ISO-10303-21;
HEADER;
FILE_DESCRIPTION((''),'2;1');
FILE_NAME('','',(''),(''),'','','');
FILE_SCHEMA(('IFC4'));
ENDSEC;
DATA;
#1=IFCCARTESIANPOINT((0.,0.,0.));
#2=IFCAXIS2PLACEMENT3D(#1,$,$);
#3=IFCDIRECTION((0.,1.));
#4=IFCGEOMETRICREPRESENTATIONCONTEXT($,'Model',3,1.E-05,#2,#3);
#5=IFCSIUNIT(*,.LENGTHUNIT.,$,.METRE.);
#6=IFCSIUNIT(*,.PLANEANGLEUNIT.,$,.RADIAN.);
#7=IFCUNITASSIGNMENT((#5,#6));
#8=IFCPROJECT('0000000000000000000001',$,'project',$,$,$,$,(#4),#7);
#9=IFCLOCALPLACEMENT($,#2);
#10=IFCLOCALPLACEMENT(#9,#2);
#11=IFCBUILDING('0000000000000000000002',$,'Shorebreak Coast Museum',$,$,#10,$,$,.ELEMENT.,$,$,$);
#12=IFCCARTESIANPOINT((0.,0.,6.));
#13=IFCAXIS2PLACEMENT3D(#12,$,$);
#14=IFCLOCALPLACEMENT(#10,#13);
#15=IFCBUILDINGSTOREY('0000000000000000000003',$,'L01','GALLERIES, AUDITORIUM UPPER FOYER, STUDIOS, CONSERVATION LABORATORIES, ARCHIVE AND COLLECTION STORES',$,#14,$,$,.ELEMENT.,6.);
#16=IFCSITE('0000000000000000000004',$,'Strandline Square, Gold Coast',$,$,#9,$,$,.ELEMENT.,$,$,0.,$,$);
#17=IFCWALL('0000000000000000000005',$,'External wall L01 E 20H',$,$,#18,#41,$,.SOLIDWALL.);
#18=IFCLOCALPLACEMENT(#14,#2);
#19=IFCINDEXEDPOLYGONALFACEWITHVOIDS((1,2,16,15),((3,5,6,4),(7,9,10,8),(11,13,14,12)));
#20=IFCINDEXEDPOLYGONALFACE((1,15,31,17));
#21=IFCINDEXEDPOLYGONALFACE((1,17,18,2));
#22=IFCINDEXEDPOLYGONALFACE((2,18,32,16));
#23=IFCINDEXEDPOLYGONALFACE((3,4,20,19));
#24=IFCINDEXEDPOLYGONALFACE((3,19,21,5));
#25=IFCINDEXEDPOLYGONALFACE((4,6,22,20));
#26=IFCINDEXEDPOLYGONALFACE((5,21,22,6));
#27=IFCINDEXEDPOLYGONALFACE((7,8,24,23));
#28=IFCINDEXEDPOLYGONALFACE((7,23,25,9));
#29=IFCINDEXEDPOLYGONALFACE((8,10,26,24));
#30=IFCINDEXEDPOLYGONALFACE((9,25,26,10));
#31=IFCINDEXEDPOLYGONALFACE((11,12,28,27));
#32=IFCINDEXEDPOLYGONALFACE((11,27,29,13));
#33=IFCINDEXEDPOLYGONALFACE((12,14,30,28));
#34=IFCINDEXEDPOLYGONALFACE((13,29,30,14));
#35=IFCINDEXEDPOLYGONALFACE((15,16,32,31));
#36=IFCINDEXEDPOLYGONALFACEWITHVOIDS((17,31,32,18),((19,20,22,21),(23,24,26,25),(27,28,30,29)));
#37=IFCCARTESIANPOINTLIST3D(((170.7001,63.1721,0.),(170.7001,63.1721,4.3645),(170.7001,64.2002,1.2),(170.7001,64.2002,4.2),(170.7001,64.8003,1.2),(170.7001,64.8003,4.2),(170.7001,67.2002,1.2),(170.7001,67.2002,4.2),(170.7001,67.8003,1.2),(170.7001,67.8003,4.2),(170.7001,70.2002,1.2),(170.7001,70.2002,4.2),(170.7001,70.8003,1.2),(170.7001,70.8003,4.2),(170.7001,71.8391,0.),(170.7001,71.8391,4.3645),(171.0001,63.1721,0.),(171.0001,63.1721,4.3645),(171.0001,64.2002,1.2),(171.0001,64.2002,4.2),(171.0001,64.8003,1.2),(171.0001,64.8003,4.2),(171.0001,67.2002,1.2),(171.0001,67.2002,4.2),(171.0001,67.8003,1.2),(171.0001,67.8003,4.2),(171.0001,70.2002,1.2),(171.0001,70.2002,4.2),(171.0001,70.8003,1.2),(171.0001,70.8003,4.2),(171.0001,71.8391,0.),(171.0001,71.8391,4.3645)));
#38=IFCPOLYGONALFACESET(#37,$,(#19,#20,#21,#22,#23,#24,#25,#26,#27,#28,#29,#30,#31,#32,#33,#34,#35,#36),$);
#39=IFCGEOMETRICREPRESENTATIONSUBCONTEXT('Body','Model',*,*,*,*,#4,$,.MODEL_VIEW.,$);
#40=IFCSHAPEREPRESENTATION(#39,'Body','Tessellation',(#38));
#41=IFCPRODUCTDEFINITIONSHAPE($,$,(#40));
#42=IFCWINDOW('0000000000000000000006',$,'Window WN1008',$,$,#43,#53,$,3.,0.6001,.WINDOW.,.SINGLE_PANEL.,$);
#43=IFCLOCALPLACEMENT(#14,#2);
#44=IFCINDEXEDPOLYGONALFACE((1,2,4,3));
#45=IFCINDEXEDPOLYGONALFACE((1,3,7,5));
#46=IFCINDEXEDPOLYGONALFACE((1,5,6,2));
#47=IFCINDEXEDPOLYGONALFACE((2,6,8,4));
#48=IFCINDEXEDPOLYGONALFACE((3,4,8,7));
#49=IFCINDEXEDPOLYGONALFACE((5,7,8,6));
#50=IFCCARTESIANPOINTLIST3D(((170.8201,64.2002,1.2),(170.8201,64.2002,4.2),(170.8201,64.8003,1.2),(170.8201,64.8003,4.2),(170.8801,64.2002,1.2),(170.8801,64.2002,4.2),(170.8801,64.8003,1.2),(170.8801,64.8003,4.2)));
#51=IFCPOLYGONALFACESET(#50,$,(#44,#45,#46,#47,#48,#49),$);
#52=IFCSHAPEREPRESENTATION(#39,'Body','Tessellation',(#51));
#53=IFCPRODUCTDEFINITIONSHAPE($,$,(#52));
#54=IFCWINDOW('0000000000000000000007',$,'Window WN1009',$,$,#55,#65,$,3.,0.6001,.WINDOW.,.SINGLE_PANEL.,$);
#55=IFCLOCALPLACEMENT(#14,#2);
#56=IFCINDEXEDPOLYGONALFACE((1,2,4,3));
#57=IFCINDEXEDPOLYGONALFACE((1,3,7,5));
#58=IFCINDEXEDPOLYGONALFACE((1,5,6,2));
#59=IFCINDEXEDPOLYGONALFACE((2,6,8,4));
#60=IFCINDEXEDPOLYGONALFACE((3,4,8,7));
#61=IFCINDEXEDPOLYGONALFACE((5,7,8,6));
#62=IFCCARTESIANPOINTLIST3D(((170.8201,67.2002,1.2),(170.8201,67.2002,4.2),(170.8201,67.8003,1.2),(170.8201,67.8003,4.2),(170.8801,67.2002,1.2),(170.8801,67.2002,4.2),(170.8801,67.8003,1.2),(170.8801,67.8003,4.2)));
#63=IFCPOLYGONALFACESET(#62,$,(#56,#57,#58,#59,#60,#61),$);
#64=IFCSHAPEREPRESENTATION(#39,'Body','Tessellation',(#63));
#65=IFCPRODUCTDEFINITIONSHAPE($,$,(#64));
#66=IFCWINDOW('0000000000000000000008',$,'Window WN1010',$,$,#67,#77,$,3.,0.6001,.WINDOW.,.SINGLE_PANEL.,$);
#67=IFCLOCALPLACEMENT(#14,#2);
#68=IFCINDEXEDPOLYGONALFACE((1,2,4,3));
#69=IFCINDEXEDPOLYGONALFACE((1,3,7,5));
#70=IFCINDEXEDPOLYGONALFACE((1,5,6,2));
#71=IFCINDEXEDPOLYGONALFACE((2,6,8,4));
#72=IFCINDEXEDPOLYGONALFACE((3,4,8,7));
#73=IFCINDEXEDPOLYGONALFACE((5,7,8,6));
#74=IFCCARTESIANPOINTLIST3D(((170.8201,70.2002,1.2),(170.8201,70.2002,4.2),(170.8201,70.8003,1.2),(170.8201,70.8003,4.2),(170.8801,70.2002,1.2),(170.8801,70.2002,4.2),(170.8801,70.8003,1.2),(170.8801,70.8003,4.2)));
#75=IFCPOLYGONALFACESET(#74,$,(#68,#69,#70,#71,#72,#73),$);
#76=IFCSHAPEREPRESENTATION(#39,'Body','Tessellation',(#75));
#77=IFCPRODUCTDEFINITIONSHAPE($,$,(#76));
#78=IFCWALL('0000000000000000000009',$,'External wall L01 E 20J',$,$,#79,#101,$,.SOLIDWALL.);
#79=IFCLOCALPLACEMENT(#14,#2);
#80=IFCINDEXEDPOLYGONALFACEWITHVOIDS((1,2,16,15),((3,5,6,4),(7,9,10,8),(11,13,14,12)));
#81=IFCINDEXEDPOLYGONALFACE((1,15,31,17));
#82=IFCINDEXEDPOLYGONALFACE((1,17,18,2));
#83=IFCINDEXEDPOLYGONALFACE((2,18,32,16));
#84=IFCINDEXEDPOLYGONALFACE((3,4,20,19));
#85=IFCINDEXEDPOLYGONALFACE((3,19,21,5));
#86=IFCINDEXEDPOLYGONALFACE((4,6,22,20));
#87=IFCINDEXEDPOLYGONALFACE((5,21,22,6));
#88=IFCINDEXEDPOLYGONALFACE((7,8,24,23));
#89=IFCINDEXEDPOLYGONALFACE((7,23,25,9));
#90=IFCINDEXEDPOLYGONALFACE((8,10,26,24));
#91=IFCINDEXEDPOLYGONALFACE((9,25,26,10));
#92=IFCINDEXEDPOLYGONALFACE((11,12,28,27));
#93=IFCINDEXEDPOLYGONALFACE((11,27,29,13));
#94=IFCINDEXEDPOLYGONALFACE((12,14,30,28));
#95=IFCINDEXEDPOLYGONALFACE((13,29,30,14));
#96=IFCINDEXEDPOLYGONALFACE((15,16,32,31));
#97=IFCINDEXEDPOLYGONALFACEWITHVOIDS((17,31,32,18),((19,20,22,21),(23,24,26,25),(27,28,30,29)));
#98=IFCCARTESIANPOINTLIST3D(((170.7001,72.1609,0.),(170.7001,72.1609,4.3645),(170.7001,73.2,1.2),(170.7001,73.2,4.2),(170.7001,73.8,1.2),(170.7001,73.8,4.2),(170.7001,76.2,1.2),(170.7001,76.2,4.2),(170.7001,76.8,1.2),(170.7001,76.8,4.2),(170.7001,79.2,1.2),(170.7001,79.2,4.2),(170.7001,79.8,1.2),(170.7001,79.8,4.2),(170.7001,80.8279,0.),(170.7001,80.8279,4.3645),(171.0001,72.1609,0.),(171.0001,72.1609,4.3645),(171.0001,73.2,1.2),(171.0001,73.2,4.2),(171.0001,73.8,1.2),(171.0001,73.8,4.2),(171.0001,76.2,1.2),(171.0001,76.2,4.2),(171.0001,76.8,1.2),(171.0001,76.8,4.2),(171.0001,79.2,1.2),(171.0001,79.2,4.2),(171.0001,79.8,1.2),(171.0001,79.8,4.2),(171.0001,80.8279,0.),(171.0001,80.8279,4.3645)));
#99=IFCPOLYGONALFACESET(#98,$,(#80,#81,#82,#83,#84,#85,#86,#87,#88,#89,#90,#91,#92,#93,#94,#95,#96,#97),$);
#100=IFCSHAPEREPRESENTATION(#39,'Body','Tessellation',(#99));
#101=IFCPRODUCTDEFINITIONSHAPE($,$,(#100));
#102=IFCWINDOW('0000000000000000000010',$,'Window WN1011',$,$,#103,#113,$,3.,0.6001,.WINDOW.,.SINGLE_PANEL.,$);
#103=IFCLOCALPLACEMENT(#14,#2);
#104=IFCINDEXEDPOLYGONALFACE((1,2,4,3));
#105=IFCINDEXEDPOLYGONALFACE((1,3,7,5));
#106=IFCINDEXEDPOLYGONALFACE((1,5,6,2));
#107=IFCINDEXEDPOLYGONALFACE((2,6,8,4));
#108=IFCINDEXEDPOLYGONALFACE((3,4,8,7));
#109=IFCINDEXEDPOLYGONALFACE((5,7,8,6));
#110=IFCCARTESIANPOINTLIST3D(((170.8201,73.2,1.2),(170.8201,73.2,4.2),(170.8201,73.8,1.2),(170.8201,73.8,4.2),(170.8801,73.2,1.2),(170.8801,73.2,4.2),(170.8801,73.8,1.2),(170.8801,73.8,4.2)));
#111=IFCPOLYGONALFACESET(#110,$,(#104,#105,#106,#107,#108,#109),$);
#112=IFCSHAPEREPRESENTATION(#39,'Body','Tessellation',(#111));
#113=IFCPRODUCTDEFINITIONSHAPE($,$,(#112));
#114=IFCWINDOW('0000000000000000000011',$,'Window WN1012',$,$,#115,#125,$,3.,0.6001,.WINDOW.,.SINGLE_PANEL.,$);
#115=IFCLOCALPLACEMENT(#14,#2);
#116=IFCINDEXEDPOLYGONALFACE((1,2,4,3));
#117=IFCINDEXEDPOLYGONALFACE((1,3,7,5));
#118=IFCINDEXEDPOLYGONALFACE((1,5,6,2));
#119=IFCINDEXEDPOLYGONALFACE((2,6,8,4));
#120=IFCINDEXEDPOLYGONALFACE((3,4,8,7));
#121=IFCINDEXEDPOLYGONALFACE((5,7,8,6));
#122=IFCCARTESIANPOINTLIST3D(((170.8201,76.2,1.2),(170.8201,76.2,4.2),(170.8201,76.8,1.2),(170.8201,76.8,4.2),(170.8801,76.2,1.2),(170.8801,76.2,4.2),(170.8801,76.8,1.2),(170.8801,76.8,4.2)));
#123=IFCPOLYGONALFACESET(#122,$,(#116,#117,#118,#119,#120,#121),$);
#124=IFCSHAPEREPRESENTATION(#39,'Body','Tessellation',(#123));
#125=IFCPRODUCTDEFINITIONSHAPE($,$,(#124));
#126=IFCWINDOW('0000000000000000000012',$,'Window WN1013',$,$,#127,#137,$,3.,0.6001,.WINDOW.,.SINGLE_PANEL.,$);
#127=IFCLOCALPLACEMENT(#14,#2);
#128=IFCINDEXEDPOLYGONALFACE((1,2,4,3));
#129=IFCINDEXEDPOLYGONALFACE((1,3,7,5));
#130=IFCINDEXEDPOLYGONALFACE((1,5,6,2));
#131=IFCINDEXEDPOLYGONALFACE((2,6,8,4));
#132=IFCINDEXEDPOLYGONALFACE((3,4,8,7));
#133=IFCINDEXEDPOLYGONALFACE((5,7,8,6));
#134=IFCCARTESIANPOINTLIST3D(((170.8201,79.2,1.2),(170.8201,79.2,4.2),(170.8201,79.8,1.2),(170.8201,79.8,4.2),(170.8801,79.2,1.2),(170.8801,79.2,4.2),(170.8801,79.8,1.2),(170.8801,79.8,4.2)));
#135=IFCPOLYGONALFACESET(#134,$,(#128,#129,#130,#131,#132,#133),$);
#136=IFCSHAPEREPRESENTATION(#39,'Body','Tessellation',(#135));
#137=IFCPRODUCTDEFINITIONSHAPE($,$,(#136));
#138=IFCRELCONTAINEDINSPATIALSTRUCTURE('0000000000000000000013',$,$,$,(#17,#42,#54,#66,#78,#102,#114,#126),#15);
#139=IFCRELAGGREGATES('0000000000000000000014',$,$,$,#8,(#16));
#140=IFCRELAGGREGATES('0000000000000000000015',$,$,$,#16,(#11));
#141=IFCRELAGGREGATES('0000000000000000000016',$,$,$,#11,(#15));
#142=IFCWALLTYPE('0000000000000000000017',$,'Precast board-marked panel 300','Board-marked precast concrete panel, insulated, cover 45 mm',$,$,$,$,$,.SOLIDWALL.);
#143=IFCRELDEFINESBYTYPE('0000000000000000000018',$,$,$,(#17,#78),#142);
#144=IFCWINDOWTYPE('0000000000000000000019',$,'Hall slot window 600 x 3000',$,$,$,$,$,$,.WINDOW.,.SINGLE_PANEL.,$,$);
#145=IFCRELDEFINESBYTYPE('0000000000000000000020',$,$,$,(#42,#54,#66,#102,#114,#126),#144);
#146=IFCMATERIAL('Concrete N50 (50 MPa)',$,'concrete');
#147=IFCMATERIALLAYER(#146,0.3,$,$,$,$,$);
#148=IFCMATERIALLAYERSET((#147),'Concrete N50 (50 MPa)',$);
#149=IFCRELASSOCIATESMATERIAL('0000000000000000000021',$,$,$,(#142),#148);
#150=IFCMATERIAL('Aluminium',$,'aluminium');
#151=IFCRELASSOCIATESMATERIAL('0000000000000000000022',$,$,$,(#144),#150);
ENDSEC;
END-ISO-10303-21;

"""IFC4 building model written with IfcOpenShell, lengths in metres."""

from ifc_helpers import new_model, si_unit, direction, frame, frame_2d, origin, place, context, subcontext, project, spatial, rectangle, extrude, material, layer, layer_set, type_object, element, fill, save


model = new_model("IFC4")

# Units and contexts
model_context = context("Model", 3, precision=1e-05, world=origin(), true_north=direction((0.0, 1.0)))
body_context = subcontext(model_context, "Body", "Model", "MODEL_VIEW")
ifc_project = project(units=[si_unit("LENGTHUNIT", "METRE"), si_unit("PLANEANGLEUNIT", "RADIAN")], contexts=[model_context])

# Site, building, storey
site_placement = place(None, origin())
site = spatial("IfcSite", under=ifc_project, at=site_placement, Name="Strandline Square, Gold Coast", CompositionType="ELEMENT", RefElevation=0.0)
building_placement = place(site_placement, origin())
building = spatial("IfcBuilding", under=site, at=building_placement, Name="Shorebreak Coast Museum", CompositionType="ELEMENT")
storey_placement = place(building_placement, frame((0.0, 0.0, 6.0)))
storey = spatial("IfcBuildingStorey", under=building, at=storey_placement, Name="L01", Description="GALLERIES, AUDITORIUM UPPER FOYER, STUDIOS, CONSERVATION LABORATORIES, ARCHIVE AND COLLECTION STORES", CompositionType="ELEMENT", Elevation=6.0)

# Walls, openings, windows
ifc_material_1 = material(Name="Concrete N50 (50 MPa)", Category="concrete")
ifc_layer_1 = layer(ifc_material_1, 0.3)
ifc_layer_set_1 = layer_set([ifc_layer_1], Name="Concrete N50 (50 MPa)")
wall_type_1 = type_object("IfcWallType", Name="Precast board-marked panel 300", Description="Board-marked precast concrete panel, insulated, cover 45 mm", PredefinedType="SOLIDWALL", material=ifc_layer_set_1)
wall_1_placement = place(storey_placement, frame((170.8501, 63.1721, 0.0), z_axis=(0.0, 0.0, 1.0), x_axis=(0.0, 1.0, 0.0)))
wall_1 = element("IfcWall", 1, at=wall_1_placement, inside=storey, type_object=wall_type_1, Name="External wall L01 E 20H", PredefinedType="SOLIDWALL", context=body_context, shape_type="SweptSolid", body=[
    extrude(rectangle(XDim=8.667, YDim=0.3, at=frame_2d((4.3335, 0.0))), origin(), (0.0, 0.0, 1.0), 4.3645),
])
opening_1_placement = place(wall_1_placement, frame((1.0281, 0.0, 1.2)))
opening_1 = element("IfcOpeningElement", 2, at=opening_1_placement, cuts=wall_1, PredefinedType="OPENING", context=body_context, shape_type="SweptSolid", body=[
    extrude(rectangle(XDim=0.6001, YDim=3.0, at=frame_2d((0.3, 1.5))), frame((0.0, 0.1599, 0.0), z_axis=(0.0, -1.0, 0.0), x_axis=(1.0, 0.0, 0.0)), (0.0, 0.0, 1.0), 0.3201),
])
opening_2_placement = place(wall_1_placement, frame((4.0281, 0.0, 1.2)))
opening_2 = element("IfcOpeningElement", 3, at=opening_2_placement, cuts=wall_1, PredefinedType="OPENING", context=body_context, shape_type="SweptSolid", body=[
    extrude(rectangle(XDim=0.6001, YDim=3.0, at=frame_2d((0.3, 1.5))), frame((0.0, 0.1599, 0.0), z_axis=(0.0, -1.0, 0.0), x_axis=(1.0, 0.0, 0.0)), (0.0, 0.0, 1.0), 0.3201),
])
opening_3_placement = place(wall_1_placement, frame((7.0281, 0.0, 1.2)))
opening_3 = element("IfcOpeningElement", 4, at=opening_3_placement, cuts=wall_1, PredefinedType="OPENING", context=body_context, shape_type="SweptSolid", body=[
    extrude(rectangle(XDim=0.6001, YDim=3.0, at=frame_2d((0.3, 1.5))), frame((0.0, 0.1599, 0.0), z_axis=(0.0, -1.0, 0.0), x_axis=(1.0, 0.0, 0.0)), (0.0, 0.0, 1.0), 0.3201),
])
ifc_material_2 = material(Name="Aluminium", Category="aluminium")
window_type = type_object("IfcWindowType", Name="Hall slot window 600 x 3000", PartitioningType="SINGLE_PANEL", PredefinedType="WINDOW", material=ifc_material_2)
window_1_placement = place(opening_1_placement, origin())
window_1 = element("IfcWindow", 5, at=window_1_placement, inside=storey, type_object=window_type, Name="Window WN1008", OverallHeight=3.0, OverallWidth=0.6001, PartitioningType="SINGLE_PANEL", PredefinedType="WINDOW", context=body_context, shape_type="SweptSolid", body=[
    extrude(rectangle(XDim=0.6001, YDim=3.0, at=frame_2d((0.3, 1.5))), frame((0.0, 0.03, 0.0), z_axis=(0.0, -1.0, 0.0), x_axis=(1.0, 0.0, 0.0)), (0.0, 0.0, 1.0), 0.0601),
])
fill(opening_1, window_1)
window_2_placement = place(opening_2_placement, origin())
window_2 = element("IfcWindow", 6, at=window_2_placement, inside=storey, type_object=window_type, Name="Window WN1009", OverallHeight=3.0, OverallWidth=0.6001, PartitioningType="SINGLE_PANEL", PredefinedType="WINDOW", context=body_context, shape_type="SweptSolid", body=[
    extrude(rectangle(XDim=0.6001, YDim=3.0, at=frame_2d((0.3, 1.5))), frame((0.0, 0.03, 0.0), z_axis=(0.0, -1.0, 0.0), x_axis=(1.0, 0.0, 0.0)), (0.0, 0.0, 1.0), 0.0601),
])
fill(opening_2, window_2)
window_3_placement = place(opening_3_placement, origin())
window_3 = element("IfcWindow", 7, at=window_3_placement, inside=storey, type_object=window_type, Name="Window WN1010", OverallHeight=3.0, OverallWidth=0.6001, PartitioningType="SINGLE_PANEL", PredefinedType="WINDOW", context=body_context, shape_type="SweptSolid", body=[
    extrude(rectangle(XDim=0.6001, YDim=3.0, at=frame_2d((0.3, 1.5))), frame((0.0, 0.03, 0.0), z_axis=(0.0, -1.0, 0.0), x_axis=(1.0, 0.0, 0.0)), (0.0, 0.0, 1.0), 0.0601),
])
fill(opening_3, window_3)
wall_2_placement = place(storey_placement, frame((170.8501, 72.1609, 0.0), z_axis=(0.0, 0.0, 1.0), x_axis=(0.0, 1.0, 0.0)))
wall_2 = element("IfcWall", 8, at=wall_2_placement, inside=storey, type_object=wall_type_1, Name="External wall L01 E 20J", PredefinedType="SOLIDWALL", context=body_context, shape_type="SweptSolid", body=[
    extrude(rectangle(XDim=8.667, YDim=0.3, at=frame_2d((4.3335, 0.0))), origin(), (0.0, 0.0, 1.0), 4.3645),
])
opening_4_placement = place(wall_2_placement, frame((1.0391, 0.0, 1.2)))
opening_4 = element("IfcOpeningElement", 9, at=opening_4_placement, cuts=wall_2, PredefinedType="OPENING", context=body_context, shape_type="SweptSolid", body=[
    extrude(rectangle(XDim=0.6001, YDim=3.0, at=frame_2d((0.3, 1.5))), frame((0.0, 0.1599, 0.0), z_axis=(0.0, -1.0, 0.0), x_axis=(1.0, 0.0, 0.0)), (0.0, 0.0, 1.0), 0.3201),
])
opening_5_placement = place(wall_2_placement, frame((4.0391, 0.0, 1.2)))
opening_5 = element("IfcOpeningElement", 10, at=opening_5_placement, cuts=wall_2, PredefinedType="OPENING", context=body_context, shape_type="SweptSolid", body=[
    extrude(rectangle(XDim=0.6001, YDim=3.0, at=frame_2d((0.3, 1.5))), frame((0.0, 0.1599, 0.0), z_axis=(0.0, -1.0, 0.0), x_axis=(1.0, 0.0, 0.0)), (0.0, 0.0, 1.0), 0.3201),
])
opening_6_placement = place(wall_2_placement, frame((7.0391, 0.0, 1.2)))
opening_6 = element("IfcOpeningElement", 11, at=opening_6_placement, cuts=wall_2, PredefinedType="OPENING", context=body_context, shape_type="SweptSolid", body=[
    extrude(rectangle(XDim=0.6001, YDim=3.0, at=frame_2d((0.3, 1.5))), frame((0.0, 0.1599, 0.0), z_axis=(0.0, -1.0, 0.0), x_axis=(1.0, 0.0, 0.0)), (0.0, 0.0, 1.0), 0.3201),
])
window_4_placement = place(opening_4_placement, origin())
window_4 = element("IfcWindow", 12, at=window_4_placement, inside=storey, type_object=window_type, Name="Window WN1011", OverallHeight=3.0, OverallWidth=0.6001, PartitioningType="SINGLE_PANEL", PredefinedType="WINDOW", context=body_context, shape_type="SweptSolid", body=[
    extrude(rectangle(XDim=0.6001, YDim=3.0, at=frame_2d((0.3, 1.5))), frame((0.0, 0.03, 0.0), z_axis=(0.0, -1.0, 0.0), x_axis=(1.0, 0.0, 0.0)), (0.0, 0.0, 1.0), 0.0601),
])
fill(opening_4, window_4)
window_5_placement = place(opening_5_placement, origin())
window_5 = element("IfcWindow", 13, at=window_5_placement, inside=storey, type_object=window_type, Name="Window WN1012", OverallHeight=3.0, OverallWidth=0.6001, PartitioningType="SINGLE_PANEL", PredefinedType="WINDOW", context=body_context, shape_type="SweptSolid", body=[
    extrude(rectangle(XDim=0.6001, YDim=3.0, at=frame_2d((0.3, 1.5))), frame((0.0, 0.03, 0.0), z_axis=(0.0, -1.0, 0.0), x_axis=(1.0, 0.0, 0.0)), (0.0, 0.0, 1.0), 0.0601),
])
fill(opening_5, window_5)
window_6_placement = place(opening_6_placement, origin())
window_6 = element("IfcWindow", 14, at=window_6_placement, inside=storey, type_object=window_type, Name="Window WN1013", OverallHeight=3.0, OverallWidth=0.6001, PartitioningType="SINGLE_PANEL", PredefinedType="WINDOW", context=body_context, shape_type="SweptSolid", body=[
    extrude(rectangle(XDim=0.6001, YDim=3.0, at=frame_2d((0.3, 1.5))), frame((0.0, 0.03, 0.0), z_axis=(0.0, -1.0, 0.0), x_axis=(1.0, 0.0, 0.0)), (0.0, 0.0, 1.0), 0.0601),
])
fill(opening_6, window_6)

save(model, "model.ifc")
